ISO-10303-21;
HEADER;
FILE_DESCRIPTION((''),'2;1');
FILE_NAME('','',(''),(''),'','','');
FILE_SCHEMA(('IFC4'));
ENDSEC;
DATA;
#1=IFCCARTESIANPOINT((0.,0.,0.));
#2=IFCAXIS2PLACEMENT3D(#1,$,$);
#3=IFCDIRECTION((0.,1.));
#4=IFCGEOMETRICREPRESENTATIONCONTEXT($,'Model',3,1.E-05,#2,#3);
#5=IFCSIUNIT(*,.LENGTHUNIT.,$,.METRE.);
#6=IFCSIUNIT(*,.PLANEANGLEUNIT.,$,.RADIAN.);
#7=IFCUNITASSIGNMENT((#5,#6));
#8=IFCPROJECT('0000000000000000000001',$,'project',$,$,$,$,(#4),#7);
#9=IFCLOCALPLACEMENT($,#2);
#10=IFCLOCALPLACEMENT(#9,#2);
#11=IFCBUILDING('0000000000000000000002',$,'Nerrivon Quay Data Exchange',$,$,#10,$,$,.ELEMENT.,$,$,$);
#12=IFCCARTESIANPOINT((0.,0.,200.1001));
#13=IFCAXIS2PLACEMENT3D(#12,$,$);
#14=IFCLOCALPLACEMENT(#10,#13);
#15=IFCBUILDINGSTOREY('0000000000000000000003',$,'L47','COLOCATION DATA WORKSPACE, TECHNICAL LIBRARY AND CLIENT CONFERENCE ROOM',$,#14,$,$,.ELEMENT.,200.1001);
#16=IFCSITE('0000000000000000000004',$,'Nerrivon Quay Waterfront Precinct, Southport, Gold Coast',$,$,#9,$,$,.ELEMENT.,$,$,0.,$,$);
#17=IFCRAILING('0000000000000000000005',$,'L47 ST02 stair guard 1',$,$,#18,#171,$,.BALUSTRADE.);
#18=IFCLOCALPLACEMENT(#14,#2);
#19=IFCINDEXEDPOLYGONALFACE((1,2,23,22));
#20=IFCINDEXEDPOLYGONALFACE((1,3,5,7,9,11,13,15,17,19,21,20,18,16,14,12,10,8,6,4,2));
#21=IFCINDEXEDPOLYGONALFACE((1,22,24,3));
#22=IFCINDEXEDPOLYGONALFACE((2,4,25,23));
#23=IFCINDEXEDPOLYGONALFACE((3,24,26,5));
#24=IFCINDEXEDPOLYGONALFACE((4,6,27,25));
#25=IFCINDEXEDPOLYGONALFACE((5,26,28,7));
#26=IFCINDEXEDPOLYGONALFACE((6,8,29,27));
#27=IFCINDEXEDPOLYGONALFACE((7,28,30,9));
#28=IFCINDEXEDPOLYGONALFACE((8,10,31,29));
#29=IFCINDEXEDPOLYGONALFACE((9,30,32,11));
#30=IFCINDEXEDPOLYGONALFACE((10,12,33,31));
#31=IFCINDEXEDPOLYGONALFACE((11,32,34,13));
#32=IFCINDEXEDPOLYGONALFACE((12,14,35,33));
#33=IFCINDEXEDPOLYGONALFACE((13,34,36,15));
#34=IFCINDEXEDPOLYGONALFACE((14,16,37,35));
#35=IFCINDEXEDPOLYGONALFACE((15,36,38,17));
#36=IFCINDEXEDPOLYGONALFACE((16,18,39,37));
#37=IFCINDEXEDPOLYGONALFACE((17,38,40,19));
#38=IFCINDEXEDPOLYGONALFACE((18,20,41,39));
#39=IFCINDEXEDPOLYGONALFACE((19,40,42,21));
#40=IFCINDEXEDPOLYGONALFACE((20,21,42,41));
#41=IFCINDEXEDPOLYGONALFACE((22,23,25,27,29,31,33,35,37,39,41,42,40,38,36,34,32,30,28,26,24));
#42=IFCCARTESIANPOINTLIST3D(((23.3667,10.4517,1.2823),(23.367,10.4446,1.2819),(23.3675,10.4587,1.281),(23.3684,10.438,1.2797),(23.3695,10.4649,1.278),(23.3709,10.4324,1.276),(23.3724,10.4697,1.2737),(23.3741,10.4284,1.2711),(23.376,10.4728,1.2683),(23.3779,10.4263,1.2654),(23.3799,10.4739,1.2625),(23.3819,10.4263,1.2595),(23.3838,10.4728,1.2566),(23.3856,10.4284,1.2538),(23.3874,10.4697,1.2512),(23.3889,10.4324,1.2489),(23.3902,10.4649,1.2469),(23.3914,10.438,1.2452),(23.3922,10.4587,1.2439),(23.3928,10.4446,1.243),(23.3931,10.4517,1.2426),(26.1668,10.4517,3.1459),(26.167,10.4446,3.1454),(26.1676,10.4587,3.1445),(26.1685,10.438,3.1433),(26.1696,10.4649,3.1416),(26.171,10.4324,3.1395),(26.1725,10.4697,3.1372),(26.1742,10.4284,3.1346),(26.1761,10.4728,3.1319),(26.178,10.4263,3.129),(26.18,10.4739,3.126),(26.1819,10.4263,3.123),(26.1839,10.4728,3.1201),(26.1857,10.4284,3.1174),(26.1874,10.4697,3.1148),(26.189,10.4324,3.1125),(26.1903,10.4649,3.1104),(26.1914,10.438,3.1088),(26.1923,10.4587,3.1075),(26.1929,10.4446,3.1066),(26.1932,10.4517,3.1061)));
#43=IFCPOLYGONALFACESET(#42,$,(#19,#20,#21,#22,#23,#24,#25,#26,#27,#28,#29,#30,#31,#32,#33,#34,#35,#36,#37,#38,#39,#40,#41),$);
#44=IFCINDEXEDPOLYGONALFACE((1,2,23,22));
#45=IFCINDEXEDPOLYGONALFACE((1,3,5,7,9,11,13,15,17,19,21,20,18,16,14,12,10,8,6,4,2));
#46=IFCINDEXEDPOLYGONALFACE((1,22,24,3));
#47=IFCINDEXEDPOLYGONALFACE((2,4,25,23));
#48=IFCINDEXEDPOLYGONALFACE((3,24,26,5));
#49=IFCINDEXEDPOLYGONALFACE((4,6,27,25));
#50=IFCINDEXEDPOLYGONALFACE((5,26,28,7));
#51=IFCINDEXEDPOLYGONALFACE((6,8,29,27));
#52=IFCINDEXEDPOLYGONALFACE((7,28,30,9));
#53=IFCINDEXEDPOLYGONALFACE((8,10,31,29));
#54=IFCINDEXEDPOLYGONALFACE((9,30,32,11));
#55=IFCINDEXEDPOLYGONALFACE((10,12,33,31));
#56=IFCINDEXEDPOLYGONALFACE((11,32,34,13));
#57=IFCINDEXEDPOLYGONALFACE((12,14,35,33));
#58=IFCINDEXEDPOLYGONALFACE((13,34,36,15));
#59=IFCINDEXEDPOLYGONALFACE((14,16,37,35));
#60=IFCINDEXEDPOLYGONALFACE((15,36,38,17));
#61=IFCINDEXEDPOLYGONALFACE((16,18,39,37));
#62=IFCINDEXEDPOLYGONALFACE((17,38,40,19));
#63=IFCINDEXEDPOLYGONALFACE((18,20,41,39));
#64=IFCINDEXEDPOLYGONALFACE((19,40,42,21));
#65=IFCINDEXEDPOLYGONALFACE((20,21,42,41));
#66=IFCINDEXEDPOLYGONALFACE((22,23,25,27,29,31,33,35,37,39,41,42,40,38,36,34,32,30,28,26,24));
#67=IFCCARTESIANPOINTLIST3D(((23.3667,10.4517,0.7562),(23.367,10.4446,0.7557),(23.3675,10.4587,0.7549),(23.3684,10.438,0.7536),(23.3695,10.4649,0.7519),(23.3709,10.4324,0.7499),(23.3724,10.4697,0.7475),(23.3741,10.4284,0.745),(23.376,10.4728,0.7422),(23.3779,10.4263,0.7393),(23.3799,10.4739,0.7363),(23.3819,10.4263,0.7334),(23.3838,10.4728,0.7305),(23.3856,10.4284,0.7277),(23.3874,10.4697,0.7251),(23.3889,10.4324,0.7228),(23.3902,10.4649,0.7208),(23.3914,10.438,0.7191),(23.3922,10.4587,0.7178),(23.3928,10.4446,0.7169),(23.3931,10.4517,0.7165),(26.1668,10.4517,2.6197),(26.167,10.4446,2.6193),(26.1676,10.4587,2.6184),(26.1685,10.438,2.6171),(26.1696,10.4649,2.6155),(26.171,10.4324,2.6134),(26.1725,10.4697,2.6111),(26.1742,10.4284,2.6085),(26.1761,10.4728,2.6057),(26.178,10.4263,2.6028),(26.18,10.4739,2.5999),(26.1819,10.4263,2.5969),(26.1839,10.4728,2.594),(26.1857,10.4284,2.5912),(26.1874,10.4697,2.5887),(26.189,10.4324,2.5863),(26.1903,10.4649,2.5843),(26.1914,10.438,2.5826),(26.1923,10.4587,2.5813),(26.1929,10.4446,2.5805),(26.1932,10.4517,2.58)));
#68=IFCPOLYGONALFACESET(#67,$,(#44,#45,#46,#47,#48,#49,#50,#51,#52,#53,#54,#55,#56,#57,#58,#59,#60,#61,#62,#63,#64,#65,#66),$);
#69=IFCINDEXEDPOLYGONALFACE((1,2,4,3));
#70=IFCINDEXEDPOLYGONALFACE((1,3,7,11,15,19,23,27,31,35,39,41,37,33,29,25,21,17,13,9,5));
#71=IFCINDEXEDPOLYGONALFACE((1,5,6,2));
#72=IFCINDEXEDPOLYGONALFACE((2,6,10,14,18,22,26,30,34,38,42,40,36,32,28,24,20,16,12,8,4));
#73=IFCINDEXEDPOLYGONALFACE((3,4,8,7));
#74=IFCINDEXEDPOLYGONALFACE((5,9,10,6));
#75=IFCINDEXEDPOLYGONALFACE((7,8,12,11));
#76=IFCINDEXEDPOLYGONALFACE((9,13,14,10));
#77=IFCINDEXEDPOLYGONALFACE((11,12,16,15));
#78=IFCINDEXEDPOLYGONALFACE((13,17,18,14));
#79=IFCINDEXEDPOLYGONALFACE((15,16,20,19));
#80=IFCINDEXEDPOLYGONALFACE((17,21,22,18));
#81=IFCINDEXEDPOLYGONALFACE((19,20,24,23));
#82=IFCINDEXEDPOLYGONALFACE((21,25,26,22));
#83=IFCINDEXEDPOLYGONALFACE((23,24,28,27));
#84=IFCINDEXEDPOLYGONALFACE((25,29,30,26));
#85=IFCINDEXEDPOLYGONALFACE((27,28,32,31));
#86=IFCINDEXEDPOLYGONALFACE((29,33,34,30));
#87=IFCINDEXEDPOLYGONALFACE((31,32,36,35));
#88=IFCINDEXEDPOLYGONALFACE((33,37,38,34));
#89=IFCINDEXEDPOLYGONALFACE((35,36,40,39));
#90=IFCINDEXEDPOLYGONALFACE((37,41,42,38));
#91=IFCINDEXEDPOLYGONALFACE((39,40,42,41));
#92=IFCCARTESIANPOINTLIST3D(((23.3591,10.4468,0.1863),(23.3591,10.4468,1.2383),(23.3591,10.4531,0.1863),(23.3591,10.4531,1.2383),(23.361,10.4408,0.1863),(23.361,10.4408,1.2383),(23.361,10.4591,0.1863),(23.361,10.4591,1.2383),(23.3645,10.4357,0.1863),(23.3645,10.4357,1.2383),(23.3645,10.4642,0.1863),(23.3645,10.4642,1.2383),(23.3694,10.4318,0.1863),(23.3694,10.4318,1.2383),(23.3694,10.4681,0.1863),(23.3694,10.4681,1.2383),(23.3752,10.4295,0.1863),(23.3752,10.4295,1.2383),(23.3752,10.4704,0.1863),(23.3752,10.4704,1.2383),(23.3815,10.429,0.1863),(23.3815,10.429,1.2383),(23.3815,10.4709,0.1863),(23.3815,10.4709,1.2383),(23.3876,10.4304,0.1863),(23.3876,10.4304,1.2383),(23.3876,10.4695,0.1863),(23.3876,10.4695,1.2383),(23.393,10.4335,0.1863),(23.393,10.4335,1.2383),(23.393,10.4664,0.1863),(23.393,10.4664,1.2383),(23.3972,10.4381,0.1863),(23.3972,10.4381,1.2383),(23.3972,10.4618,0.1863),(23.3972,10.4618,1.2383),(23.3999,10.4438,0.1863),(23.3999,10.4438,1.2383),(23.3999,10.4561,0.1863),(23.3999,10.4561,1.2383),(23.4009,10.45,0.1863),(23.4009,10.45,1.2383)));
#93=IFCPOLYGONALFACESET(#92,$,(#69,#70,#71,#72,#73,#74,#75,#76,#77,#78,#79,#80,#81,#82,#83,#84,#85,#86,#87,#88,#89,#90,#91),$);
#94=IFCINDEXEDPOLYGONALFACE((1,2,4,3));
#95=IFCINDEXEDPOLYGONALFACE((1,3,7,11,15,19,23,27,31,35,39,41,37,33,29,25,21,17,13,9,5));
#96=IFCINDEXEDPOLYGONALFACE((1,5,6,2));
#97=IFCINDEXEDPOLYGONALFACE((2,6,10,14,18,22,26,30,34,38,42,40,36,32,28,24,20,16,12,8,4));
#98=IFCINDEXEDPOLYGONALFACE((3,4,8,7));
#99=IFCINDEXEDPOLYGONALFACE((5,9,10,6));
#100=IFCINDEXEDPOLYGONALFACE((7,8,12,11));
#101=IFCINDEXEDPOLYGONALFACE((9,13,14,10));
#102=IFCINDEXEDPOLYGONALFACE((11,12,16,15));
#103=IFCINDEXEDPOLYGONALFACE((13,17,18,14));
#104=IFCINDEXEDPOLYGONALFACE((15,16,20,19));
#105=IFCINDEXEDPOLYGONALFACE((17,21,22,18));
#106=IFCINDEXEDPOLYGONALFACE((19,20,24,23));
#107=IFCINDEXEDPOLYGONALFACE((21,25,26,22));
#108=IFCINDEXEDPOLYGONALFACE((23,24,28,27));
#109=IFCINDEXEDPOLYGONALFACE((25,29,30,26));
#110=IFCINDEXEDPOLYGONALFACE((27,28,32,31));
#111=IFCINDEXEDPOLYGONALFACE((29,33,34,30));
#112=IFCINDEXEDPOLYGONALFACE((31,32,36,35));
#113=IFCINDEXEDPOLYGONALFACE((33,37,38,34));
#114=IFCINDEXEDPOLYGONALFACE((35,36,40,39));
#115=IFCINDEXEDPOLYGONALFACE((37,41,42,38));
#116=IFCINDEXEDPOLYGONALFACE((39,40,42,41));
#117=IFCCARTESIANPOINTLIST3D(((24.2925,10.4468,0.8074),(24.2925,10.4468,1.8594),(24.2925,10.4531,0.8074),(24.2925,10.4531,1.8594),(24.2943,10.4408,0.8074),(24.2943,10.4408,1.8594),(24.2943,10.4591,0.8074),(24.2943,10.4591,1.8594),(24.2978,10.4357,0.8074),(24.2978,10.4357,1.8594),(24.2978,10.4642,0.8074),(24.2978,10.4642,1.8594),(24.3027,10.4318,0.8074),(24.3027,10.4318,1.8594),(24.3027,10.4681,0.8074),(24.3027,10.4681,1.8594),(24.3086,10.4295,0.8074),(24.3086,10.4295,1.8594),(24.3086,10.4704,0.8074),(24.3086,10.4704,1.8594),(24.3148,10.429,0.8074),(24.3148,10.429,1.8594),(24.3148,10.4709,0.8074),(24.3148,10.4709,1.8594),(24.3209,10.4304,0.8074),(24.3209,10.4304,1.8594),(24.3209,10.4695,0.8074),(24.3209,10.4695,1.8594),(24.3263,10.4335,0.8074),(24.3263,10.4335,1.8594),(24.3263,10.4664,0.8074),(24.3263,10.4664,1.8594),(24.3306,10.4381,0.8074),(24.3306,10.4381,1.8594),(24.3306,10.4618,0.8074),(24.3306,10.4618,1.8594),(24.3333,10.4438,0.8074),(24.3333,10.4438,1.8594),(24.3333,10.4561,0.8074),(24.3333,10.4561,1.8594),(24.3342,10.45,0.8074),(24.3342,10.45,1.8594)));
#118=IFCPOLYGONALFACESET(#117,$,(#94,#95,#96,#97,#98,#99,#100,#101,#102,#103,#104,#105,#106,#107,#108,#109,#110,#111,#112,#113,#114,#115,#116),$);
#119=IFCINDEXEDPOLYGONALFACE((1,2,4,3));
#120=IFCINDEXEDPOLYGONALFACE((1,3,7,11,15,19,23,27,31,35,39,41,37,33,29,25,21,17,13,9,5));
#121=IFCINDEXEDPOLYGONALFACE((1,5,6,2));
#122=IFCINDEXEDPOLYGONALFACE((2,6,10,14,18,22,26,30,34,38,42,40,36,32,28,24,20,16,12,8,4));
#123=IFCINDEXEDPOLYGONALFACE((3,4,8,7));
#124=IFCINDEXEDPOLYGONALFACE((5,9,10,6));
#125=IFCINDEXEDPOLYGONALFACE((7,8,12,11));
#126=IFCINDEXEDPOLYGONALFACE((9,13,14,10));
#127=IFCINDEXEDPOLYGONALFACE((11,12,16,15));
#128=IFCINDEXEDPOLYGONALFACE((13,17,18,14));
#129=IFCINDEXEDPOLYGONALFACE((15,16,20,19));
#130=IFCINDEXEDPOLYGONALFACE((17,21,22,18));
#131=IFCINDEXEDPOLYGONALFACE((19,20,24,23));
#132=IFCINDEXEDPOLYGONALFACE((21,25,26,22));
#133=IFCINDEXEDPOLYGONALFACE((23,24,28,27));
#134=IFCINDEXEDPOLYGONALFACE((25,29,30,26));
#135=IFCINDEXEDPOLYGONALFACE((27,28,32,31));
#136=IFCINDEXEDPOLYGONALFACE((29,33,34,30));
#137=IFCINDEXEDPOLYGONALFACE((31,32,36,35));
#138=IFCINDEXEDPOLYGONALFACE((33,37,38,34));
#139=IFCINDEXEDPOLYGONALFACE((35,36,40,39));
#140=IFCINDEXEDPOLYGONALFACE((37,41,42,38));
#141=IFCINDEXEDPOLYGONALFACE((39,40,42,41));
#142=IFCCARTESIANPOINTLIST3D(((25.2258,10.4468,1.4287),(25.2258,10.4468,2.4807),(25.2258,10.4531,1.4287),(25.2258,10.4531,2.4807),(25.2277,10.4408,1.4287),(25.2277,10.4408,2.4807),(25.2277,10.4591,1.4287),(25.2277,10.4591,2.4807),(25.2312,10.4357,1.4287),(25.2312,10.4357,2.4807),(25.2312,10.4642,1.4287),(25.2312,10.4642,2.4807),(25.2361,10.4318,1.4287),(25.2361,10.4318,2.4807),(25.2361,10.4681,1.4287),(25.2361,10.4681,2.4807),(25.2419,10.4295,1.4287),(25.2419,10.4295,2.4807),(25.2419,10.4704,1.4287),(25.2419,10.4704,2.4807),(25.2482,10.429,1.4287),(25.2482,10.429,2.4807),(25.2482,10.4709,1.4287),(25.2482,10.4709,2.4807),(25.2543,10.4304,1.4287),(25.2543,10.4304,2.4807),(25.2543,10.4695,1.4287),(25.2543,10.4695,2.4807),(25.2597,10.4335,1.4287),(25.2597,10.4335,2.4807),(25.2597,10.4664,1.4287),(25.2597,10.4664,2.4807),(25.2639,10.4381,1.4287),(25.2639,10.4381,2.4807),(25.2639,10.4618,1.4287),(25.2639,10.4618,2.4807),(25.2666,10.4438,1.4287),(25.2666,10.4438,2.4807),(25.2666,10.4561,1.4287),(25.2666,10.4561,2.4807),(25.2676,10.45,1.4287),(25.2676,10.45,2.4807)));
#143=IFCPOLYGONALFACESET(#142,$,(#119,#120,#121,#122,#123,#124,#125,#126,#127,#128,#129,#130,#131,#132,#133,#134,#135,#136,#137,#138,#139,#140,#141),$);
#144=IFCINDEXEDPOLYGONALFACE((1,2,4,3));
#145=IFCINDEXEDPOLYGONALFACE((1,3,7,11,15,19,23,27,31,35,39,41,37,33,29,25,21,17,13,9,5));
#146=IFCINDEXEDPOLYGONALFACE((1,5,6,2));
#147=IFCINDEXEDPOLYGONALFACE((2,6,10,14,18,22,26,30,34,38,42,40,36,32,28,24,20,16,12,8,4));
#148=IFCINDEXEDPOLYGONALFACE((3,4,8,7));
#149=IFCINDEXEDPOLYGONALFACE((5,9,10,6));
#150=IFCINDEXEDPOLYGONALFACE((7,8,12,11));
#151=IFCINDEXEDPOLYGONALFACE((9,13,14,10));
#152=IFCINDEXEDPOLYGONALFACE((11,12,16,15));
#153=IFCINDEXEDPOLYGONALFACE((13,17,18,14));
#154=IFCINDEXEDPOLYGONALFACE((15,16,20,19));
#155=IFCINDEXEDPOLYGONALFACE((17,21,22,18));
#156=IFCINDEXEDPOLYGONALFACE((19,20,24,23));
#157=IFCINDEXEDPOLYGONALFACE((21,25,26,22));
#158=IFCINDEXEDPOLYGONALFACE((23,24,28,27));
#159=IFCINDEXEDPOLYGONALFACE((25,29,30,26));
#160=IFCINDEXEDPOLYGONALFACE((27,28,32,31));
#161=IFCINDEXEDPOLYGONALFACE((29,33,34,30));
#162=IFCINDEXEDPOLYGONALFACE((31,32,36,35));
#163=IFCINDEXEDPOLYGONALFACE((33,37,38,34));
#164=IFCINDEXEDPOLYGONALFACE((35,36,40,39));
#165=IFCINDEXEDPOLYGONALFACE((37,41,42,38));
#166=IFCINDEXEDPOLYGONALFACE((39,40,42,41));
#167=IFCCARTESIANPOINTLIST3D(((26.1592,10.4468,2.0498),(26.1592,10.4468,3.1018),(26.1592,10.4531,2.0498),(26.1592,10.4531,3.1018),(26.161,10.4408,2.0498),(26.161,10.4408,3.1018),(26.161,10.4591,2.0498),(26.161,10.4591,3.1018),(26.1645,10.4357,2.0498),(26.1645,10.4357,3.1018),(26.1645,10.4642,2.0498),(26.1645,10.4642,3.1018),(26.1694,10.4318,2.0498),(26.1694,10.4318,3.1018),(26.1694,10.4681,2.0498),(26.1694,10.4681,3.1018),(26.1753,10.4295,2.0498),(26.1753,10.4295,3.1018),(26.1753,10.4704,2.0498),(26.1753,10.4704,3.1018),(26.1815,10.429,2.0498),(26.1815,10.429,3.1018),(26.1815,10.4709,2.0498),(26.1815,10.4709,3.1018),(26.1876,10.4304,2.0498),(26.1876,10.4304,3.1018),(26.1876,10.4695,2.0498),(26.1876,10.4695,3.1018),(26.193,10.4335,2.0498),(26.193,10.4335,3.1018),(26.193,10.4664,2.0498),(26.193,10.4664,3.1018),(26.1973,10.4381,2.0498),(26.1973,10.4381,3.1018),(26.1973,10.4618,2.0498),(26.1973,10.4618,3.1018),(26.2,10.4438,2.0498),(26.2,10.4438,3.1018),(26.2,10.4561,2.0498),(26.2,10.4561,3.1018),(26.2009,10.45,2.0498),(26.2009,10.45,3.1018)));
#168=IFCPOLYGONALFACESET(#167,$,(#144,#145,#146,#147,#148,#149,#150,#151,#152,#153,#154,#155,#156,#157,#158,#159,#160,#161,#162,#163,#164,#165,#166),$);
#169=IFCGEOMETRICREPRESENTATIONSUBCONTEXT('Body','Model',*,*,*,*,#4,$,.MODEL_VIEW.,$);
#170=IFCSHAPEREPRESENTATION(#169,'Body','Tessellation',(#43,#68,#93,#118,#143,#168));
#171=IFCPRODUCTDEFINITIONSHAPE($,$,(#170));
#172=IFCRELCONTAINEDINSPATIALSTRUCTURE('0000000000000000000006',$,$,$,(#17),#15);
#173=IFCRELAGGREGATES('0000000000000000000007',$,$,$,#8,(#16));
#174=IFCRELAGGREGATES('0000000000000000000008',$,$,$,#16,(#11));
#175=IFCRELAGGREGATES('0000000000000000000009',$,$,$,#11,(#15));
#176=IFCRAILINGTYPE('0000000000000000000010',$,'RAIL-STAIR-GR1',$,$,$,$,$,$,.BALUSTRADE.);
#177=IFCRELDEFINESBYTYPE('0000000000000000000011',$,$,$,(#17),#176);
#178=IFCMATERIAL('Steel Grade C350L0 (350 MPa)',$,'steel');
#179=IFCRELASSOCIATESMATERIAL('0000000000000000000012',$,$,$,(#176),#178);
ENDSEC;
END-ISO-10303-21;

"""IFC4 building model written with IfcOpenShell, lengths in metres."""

from ifc_helpers import new_model, si_unit, direction, frame, origin, origin_2d, place, context, subcontext, project, spatial, circle, extrude, material, type_object, element, save


model = new_model("IFC4")

# Units and contexts
model_context = context("Model", 3, precision=1e-05, world=origin(), true_north=direction((0.0, 1.0)))
body_context = subcontext(model_context, "Body", "Model", "MODEL_VIEW")
ifc_project = project(units=[si_unit("LENGTHUNIT", "METRE"), si_unit("PLANEANGLEUNIT", "RADIAN")], contexts=[model_context])

# Site, building, storey
site_placement = place(None, origin())
site = spatial("IfcSite", under=ifc_project, at=site_placement, Name="Nerrivon Quay Waterfront Precinct, Southport, Gold Coast", CompositionType="ELEMENT", RefElevation=0.0)
building_placement = place(site_placement, origin())
building = spatial("IfcBuilding", under=site, at=building_placement, Name="Nerrivon Quay Data Exchange", CompositionType="ELEMENT")
storey_placement = place(building_placement, frame((0.0, 0.0, 200.1001)))
storey = spatial("IfcBuildingStorey", under=building, at=storey_placement, Name="L47", Description="COLOCATION DATA WORKSPACE, TECHNICAL LIBRARY AND CLIENT CONFERENCE ROOM", CompositionType="ELEMENT", Elevation=200.1001)

# Railing
ifc_material_1 = material(Name="Steel Grade C350L0 (350 MPa)", Category="steel")
railing_type_1 = type_object("IfcRailingType", Name="RAIL-STAIR-GR1", PredefinedType="BALUSTRADE", material=ifc_material_1)
railing_1_placement = place(storey_placement, frame((23.3799, 10.45, 0.1863)))
element("IfcRailing", 1, at=railing_1_placement, inside=storey, type_object=railing_type_1, Name="L47 ST02 stair guard 1", PredefinedType="BALUSTRADE", context=body_context, shape_type="SweptSolid", body=[
    extrude(circle(Radius=0.0239, at=origin_2d()), frame((0.0, 0.0, 1.0762), z_axis=(0.832486, 0.0, 0.554047), x_axis=(0.0, 1.0, 0.0)), (0.0, 0.0, 1.0), 3.3635),
    extrude(circle(Radius=0.0239, at=origin_2d()), frame((0.0, 0.0, 0.55), z_axis=(0.832486, 0.0, 0.554047), x_axis=(0.0, 1.0, 0.0)), (0.0, 0.0, 1.0), 3.3635),
    extrude(circle(Radius=0.021, at=origin_2d()), origin(), (0.0, 0.0, 1.0), 1.052),
    extrude(circle(Radius=0.021, at=origin_2d()), frame((0.9333, 0.0, 0.6211)), (0.0, 0.0, 1.0), 1.052),
    extrude(circle(Radius=0.021, at=origin_2d()), frame((1.8667, 0.0, 1.2424)), (0.0, 0.0, 1.0), 1.052),
    extrude(circle(Radius=0.021, at=origin_2d()), frame((2.8, 0.0, 1.8635)), (0.0, 0.0, 1.0), 1.052),
])

save(model, "model.ifc")
